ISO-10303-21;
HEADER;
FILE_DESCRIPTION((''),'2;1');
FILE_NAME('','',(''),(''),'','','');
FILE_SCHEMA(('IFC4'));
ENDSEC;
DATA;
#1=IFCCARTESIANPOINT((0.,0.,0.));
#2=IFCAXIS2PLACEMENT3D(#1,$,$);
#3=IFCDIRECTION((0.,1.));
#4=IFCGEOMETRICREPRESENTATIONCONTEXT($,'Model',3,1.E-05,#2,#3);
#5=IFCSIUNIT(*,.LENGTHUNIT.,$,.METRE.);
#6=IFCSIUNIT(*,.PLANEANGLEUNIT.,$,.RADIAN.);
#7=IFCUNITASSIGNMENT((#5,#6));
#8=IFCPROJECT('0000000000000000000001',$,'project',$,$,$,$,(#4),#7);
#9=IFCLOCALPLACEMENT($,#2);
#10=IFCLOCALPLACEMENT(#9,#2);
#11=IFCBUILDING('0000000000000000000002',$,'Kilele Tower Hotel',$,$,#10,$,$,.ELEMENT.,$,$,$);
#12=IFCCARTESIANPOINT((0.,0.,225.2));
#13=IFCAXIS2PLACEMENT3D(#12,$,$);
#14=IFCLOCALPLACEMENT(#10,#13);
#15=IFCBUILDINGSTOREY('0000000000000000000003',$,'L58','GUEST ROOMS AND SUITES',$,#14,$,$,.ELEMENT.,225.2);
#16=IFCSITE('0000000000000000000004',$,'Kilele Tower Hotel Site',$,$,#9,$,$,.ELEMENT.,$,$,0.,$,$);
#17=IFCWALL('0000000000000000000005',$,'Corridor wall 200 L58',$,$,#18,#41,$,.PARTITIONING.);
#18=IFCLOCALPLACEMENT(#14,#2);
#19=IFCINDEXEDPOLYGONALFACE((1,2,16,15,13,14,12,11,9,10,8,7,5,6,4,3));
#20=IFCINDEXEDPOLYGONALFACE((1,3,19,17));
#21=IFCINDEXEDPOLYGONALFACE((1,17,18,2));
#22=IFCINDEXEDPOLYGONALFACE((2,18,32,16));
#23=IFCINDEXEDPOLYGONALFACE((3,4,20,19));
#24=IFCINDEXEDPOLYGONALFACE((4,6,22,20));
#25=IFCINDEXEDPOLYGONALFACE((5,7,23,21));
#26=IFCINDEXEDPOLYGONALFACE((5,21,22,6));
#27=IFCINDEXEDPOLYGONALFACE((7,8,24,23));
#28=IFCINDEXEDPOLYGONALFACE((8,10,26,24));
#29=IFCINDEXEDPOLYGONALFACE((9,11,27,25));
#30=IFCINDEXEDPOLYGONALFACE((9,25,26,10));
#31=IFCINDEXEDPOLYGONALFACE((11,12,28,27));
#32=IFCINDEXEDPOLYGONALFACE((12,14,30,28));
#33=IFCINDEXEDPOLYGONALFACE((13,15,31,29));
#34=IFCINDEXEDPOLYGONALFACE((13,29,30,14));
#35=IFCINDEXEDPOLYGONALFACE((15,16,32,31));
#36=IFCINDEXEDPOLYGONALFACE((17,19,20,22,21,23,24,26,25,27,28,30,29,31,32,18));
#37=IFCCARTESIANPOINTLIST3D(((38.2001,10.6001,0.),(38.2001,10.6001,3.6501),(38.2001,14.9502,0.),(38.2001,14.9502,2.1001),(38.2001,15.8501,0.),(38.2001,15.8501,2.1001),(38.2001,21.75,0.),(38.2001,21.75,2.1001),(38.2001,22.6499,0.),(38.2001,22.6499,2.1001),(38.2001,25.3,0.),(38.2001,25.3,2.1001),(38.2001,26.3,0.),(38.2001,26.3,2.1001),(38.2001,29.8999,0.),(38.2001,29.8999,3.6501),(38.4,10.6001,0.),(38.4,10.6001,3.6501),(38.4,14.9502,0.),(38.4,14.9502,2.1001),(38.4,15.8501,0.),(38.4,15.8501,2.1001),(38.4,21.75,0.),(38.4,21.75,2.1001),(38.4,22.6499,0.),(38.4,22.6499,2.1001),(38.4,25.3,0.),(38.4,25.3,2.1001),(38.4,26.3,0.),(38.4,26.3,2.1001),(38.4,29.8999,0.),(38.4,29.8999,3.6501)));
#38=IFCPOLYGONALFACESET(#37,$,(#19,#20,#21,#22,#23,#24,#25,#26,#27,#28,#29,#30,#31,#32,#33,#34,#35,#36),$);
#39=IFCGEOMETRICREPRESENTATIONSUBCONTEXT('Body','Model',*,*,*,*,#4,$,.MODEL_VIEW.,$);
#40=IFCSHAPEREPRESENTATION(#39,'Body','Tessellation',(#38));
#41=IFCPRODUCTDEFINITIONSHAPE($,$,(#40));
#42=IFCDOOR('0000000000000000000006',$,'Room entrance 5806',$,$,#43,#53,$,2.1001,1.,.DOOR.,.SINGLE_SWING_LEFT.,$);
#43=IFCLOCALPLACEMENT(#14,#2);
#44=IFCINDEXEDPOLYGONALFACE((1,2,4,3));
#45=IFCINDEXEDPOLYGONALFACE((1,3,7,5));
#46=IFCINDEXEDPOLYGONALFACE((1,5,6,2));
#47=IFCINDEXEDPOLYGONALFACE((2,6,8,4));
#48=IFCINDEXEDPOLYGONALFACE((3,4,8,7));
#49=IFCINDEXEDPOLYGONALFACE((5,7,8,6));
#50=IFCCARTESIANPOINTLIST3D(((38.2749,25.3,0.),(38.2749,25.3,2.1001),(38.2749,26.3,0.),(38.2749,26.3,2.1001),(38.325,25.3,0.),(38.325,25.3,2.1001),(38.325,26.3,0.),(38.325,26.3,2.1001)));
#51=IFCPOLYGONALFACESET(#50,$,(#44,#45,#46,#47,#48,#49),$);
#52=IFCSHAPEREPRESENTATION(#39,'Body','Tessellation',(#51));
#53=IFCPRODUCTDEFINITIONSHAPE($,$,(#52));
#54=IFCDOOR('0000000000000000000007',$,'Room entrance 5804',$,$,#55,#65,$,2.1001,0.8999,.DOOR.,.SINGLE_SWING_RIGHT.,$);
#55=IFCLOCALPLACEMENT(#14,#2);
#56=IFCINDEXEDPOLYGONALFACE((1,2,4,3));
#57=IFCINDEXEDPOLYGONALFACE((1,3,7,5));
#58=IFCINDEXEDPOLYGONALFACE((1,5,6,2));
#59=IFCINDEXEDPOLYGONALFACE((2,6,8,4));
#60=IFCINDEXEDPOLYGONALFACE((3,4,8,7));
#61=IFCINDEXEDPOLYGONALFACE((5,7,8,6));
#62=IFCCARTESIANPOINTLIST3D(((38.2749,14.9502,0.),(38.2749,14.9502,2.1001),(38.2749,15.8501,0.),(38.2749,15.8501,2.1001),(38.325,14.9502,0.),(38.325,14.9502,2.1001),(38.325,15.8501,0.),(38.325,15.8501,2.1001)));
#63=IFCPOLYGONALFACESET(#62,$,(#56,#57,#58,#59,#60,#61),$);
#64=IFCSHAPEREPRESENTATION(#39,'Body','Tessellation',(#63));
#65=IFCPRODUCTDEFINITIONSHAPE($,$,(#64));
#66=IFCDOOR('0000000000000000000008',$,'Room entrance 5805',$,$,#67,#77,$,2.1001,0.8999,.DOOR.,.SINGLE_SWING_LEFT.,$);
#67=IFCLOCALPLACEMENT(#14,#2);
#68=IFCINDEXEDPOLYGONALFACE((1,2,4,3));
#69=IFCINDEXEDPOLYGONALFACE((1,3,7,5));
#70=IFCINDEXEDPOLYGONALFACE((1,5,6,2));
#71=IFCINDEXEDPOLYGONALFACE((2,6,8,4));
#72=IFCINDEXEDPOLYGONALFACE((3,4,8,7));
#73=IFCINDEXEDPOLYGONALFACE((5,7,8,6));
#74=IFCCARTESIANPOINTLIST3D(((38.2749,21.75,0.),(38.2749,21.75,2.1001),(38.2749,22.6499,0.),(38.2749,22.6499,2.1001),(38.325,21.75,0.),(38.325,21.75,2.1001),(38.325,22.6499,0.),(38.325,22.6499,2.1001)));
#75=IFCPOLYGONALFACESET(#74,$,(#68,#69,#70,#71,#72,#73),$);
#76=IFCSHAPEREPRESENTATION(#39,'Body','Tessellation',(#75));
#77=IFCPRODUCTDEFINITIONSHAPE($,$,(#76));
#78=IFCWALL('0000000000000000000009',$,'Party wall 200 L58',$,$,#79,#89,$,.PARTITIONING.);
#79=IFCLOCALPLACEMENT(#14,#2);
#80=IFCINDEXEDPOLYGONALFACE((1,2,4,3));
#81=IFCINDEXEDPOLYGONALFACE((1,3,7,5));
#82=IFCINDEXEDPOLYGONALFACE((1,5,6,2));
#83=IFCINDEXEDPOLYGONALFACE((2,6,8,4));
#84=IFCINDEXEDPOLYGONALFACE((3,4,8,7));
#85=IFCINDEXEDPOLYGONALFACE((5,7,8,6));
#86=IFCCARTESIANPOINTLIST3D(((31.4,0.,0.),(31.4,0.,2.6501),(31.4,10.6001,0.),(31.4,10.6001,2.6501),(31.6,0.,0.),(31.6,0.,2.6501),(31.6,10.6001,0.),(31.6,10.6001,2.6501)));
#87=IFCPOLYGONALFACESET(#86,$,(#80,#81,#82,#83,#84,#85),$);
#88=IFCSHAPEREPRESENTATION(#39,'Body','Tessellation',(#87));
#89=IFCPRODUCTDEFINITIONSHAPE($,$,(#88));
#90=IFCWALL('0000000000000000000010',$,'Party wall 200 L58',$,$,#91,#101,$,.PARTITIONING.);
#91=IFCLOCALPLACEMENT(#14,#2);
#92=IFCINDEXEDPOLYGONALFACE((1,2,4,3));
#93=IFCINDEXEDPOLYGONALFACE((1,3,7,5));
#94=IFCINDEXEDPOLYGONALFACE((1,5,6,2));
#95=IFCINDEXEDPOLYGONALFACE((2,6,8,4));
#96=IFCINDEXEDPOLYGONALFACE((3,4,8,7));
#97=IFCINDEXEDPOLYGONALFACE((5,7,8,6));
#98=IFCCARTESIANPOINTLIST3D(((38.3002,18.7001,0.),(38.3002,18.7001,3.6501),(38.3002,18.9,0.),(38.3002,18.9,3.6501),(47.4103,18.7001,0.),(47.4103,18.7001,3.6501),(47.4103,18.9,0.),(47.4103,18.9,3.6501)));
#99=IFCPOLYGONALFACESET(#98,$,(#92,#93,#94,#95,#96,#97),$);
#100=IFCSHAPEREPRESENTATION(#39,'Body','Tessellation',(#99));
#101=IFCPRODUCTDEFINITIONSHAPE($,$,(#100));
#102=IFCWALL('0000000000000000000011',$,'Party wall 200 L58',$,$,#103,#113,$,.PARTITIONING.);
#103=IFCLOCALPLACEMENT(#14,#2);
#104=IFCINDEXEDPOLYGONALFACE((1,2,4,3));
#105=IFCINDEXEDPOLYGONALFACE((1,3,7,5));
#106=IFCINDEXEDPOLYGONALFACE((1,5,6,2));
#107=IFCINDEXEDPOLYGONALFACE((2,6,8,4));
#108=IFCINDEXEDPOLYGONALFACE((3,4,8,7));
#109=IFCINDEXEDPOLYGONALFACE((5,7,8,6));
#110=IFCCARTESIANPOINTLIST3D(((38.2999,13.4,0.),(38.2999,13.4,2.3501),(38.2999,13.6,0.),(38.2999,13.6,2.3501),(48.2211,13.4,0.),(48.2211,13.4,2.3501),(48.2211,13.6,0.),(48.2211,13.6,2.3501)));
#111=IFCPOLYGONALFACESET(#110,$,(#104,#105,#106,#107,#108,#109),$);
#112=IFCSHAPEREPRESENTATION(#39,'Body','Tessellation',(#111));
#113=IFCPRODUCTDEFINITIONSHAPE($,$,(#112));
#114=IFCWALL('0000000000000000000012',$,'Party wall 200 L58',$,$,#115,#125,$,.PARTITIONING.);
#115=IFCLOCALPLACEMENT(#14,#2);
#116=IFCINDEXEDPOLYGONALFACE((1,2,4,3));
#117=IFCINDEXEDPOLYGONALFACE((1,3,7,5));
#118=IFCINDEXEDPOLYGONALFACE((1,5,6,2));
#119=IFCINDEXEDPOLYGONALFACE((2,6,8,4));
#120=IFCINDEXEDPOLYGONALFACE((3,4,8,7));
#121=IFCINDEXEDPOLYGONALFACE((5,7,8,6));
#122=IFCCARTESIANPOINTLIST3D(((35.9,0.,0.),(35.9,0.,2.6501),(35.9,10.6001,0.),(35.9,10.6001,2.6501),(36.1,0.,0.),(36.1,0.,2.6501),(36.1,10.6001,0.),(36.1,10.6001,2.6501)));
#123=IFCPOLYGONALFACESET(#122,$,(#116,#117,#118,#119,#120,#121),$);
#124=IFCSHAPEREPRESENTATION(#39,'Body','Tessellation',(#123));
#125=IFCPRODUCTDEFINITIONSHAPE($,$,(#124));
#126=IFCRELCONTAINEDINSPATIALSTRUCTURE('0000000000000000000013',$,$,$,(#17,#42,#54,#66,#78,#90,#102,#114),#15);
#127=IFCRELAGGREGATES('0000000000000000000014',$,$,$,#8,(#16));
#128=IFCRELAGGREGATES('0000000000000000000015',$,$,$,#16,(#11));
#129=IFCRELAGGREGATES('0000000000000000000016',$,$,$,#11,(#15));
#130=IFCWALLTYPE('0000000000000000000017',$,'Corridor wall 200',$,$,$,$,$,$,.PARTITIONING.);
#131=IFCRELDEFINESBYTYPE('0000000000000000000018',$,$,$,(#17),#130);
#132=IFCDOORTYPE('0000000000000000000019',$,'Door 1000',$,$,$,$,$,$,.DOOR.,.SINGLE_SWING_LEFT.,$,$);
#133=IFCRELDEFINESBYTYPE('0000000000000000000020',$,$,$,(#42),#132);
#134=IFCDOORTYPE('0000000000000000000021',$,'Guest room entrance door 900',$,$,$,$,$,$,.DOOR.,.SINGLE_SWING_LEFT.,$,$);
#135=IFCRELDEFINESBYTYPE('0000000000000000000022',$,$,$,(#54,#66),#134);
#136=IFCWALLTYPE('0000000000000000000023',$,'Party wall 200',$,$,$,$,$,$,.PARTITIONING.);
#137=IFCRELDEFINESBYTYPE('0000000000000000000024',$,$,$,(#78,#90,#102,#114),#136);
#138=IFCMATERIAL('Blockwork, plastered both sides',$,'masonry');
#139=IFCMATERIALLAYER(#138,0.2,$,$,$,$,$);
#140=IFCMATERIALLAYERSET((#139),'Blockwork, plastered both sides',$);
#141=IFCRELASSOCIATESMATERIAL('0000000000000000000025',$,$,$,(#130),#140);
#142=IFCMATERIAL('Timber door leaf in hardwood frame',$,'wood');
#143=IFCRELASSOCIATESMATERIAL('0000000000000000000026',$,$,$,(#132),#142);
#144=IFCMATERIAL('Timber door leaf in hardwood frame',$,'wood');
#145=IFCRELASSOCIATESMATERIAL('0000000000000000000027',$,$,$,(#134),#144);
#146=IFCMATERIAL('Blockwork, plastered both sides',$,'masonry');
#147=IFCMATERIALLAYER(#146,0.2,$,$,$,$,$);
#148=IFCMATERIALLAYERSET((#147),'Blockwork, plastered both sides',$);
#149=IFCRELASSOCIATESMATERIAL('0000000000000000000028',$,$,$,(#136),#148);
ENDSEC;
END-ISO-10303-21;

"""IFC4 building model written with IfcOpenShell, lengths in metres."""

from ifc_helpers import new_model, si_unit, direction, frame, frame_2d, origin, place, context, subcontext, project, spatial, rectangle, extrude, material, layer, layer_set, type_object, element, fill, save


model = new_model("IFC4")

# Units and contexts
model_context = context("Model", 3, precision=1e-05, world=origin(), true_north=direction((0.0, 1.0)))
body_context = subcontext(model_context, "Body", "Model", "MODEL_VIEW")
ifc_project = project(units=[si_unit("LENGTHUNIT", "METRE"), si_unit("PLANEANGLEUNIT", "RADIAN")], contexts=[model_context])

# Site, building, storey
site_placement = place(None, origin())
site = spatial("IfcSite", under=ifc_project, at=site_placement, Name="Kilele Tower Hotel Site", CompositionType="ELEMENT", RefElevation=0.0)
building_placement = place(site_placement, origin())
building = spatial("IfcBuilding", under=site, at=building_placement, Name="Kilele Tower Hotel", CompositionType="ELEMENT")
storey_placement = place(building_placement, frame((0.0, 0.0, 225.2)))
storey = spatial("IfcBuildingStorey", under=building, at=storey_placement, Name="L58", Description="GUEST ROOMS AND SUITES", CompositionType="ELEMENT", Elevation=225.2)

# Wall, openings, doors
ifc_material_1 = material(Name="Blockwork, plastered both sides", Category="masonry")
ifc_layer_1 = layer(ifc_material_1, 0.2)
ifc_layer_set_1 = layer_set([ifc_layer_1], Name="Blockwork, plastered both sides")
wall_type_1 = type_object("IfcWallType", Name="Corridor wall 200", PredefinedType="PARTITIONING", material=ifc_layer_set_1)
wall_1_placement = place(storey_placement, frame((38.3, 10.6001, 0.0), z_axis=(0.0, 0.0, 1.0), x_axis=(0.0, 1.0, 0.0)))
wall_1 = element("IfcWall", 1, at=wall_1_placement, inside=storey, type_object=wall_type_1, Name="Corridor wall 200 L58", PredefinedType="PARTITIONING", context=body_context, shape_type="SweptSolid", body=[
    extrude(rectangle(XDim=19.2998, YDim=0.2, at=frame_2d((9.6499, 0.0))), origin(), (0.0, 0.0, 1.0), 3.6501),
])
opening_1_placement = place(wall_1_placement, frame((5.25, 0.0, 0.0), z_axis=(0.0, 0.0, 1.0), x_axis=(-1.0, 0.0, 0.0)))
opening_1 = element("IfcOpeningElement", 2, at=opening_1_placement, cuts=wall_1, PredefinedType="OPENING", context=body_context, shape_type="SweptSolid", body=[
    extrude(rectangle(XDim=0.8999, YDim=2.1001, at=frame_2d((0.45, 1.05))), frame((0.0, 0.1099, 0.0), z_axis=(0.0, -1.0, 0.0), x_axis=(1.0, 0.0, 0.0)), (0.0, 0.0, 1.0), 0.22),
])
opening_2_placement = place(wall_1_placement, frame((12.0498, 0.0, 0.0), z_axis=(0.0, 0.0, 1.0), x_axis=(-1.0, 0.0, 0.0)))
opening_2 = element("IfcOpeningElement", 3, at=opening_2_placement, cuts=wall_1, PredefinedType="OPENING", context=body_context, shape_type="SweptSolid", body=[
    extrude(rectangle(XDim=0.8999, YDim=2.1001, at=frame_2d((0.45, 1.05))), frame((0.0, 0.1099, 0.0), z_axis=(0.0, -1.0, 0.0), x_axis=(1.0, 0.0, 0.0)), (0.0, 0.0, 1.0), 0.22),
])
opening_3_placement = place(wall_1_placement, frame((15.7, 0.0, 0.0), z_axis=(0.0, 0.0, 1.0), x_axis=(-1.0, 0.0, 0.0)))
opening_3 = element("IfcOpeningElement", 4, at=opening_3_placement, cuts=wall_1, PredefinedType="OPENING", context=body_context, shape_type="SweptSolid", body=[
    extrude(rectangle(XDim=1.0, YDim=2.1001, at=frame_2d((0.5, 1.05))), frame((0.0, 0.1099, 0.0), z_axis=(0.0, -1.0, 0.0), x_axis=(1.0, 0.0, 0.0)), (0.0, 0.0, 1.0), 0.22),
])
ifc_material_2 = material(Name="Timber door leaf in hardwood frame", Category="wood")
door_type_1 = type_object("IfcDoorType", Name="Door 1000", OperationType="SINGLE_SWING_LEFT", PredefinedType="DOOR", material=ifc_material_2)
door_1_placement = place(opening_3_placement, origin())
door_1 = element("IfcDoor", 5, at=door_1_placement, inside=storey, type_object=door_type_1, Name="Room entrance 5806", OperationType="SINGLE_SWING_LEFT", OverallHeight=2.1001, OverallWidth=1.0, PredefinedType="DOOR", context=body_context, shape_type="SweptSolid", body=[
    extrude(rectangle(XDim=1.0, YDim=2.1001, at=frame_2d((0.5, 1.05))), frame((0.0, 0.0249, 0.0), z_axis=(0.0, -1.0, 0.0), x_axis=(1.0, 0.0, 0.0)), (0.0, 0.0, 1.0), 0.05),
])
fill(opening_3, door_1)
ifc_material_3 = material(Name="Timber door leaf in hardwood frame", Category="wood")
door_type_2 = type_object("IfcDoorType", Name="Guest room entrance door 900", OperationType="SINGLE_SWING_LEFT", PredefinedType="DOOR", material=ifc_material_3)
door_2_placement = place(opening_1_placement, origin())
door_2 = element("IfcDoor", 6, at=door_2_placement, inside=storey, type_object=door_type_2, Name="Room entrance 5804", OperationType="SINGLE_SWING_RIGHT", OverallHeight=2.1001, OverallWidth=0.8999, PredefinedType="DOOR", context=body_context, shape_type="SweptSolid", body=[
    extrude(rectangle(XDim=0.8999, YDim=2.1001, at=frame_2d((0.45, 1.05))), frame((0.0, 0.0249, 0.0), z_axis=(0.0, -1.0, 0.0), x_axis=(1.0, 0.0, 0.0)), (0.0, 0.0, 1.0), 0.05),
])
fill(opening_1, door_2)
door_3_placement = place(opening_2_placement, origin())
door_3 = element("IfcDoor", 7, at=door_3_placement, inside=storey, type_object=door_type_2, Name="Room entrance 5805", OperationType="SINGLE_SWING_LEFT", OverallHeight=2.1001, OverallWidth=0.8999, PredefinedType="DOOR", context=body_context, shape_type="SweptSolid", body=[
    extrude(rectangle(XDim=0.8999, YDim=2.1001, at=frame_2d((0.45, 1.05))), frame((0.0, 0.0249, 0.0), z_axis=(0.0, -1.0, 0.0), x_axis=(1.0, 0.0, 0.0)), (0.0, 0.0, 1.0), 0.05),
])
fill(opening_2, door_3)

# Walls
ifc_material_4 = material(Name="Blockwork, plastered both sides", Category="masonry")
ifc_layer_2 = layer(ifc_material_4, 0.2)
ifc_layer_set_2 = layer_set([ifc_layer_2], Name="Blockwork, plastered both sides")
wall_type_2 = type_object("IfcWallType", Name="Party wall 200", PredefinedType="PARTITIONING", material=ifc_layer_set_2)
wall_2_placement = place(storey_placement, frame((31.5, 10.6001, 0.0), z_axis=(0.0, 0.0, 1.0), x_axis=(0.0, -1.0, 0.0)))
element("IfcWall", 8, at=wall_2_placement, inside=storey, type_object=wall_type_2, Name="Party wall 200 L58", PredefinedType="PARTITIONING", context=body_context, shape_type="SweptSolid", body=[
    extrude(rectangle(XDim=10.6001, YDim=0.2, at=frame_2d((5.3, 0.0))), origin(), (0.0, 0.0, 1.0), 2.6501),
])
wall_3_placement = place(storey_placement, frame((38.3, 18.8, 0.0), z_axis=(0.0, 0.0, 1.0), x_axis=(1.0, 0.0, 0.0)))
element("IfcWall", 9, at=wall_3_placement, inside=storey, type_object=wall_type_2, Name="Party wall 200 L58", PredefinedType="PARTITIONING", context=body_context, shape_type="SweptSolid", body=[
    extrude(rectangle(XDim=9.1101, YDim=0.2, at=frame_2d((4.5552, 0.0))), origin(), (0.0, 0.0, 1.0), 3.6501),
])
wall_4_placement = place(storey_placement, frame((38.3, 13.5, 0.0), z_axis=(0.0, 0.0, 1.0), x_axis=(1.0, 0.0, 0.0)))
element("IfcWall", 10, at=wall_4_placement, inside=storey, type_object=wall_type_2, Name="Party wall 200 L58", PredefinedType="PARTITIONING", context=body_context, shape_type="SweptSolid", body=[
    extrude(rectangle(XDim=9.9211, YDim=0.2, at=frame_2d((4.9604, 0.0))), origin(), (0.0, 0.0, 1.0), 2.3501),
])
wall_5_placement = place(storey_placement, frame((36.0, 10.6001, 0.0), z_axis=(0.0, 0.0, 1.0), x_axis=(0.0, -1.0, 0.0)))
element("IfcWall", 11, at=wall_5_placement, inside=storey, type_object=wall_type_2, Name="Party wall 200 L58", PredefinedType="PARTITIONING", context=body_context, shape_type="SweptSolid", body=[
    extrude(rectangle(XDim=10.6001, YDim=0.2, at=frame_2d((5.3, 0.0))), origin(), (0.0, 0.0, 1.0), 2.6501),
])

save(model, "model.ifc")
